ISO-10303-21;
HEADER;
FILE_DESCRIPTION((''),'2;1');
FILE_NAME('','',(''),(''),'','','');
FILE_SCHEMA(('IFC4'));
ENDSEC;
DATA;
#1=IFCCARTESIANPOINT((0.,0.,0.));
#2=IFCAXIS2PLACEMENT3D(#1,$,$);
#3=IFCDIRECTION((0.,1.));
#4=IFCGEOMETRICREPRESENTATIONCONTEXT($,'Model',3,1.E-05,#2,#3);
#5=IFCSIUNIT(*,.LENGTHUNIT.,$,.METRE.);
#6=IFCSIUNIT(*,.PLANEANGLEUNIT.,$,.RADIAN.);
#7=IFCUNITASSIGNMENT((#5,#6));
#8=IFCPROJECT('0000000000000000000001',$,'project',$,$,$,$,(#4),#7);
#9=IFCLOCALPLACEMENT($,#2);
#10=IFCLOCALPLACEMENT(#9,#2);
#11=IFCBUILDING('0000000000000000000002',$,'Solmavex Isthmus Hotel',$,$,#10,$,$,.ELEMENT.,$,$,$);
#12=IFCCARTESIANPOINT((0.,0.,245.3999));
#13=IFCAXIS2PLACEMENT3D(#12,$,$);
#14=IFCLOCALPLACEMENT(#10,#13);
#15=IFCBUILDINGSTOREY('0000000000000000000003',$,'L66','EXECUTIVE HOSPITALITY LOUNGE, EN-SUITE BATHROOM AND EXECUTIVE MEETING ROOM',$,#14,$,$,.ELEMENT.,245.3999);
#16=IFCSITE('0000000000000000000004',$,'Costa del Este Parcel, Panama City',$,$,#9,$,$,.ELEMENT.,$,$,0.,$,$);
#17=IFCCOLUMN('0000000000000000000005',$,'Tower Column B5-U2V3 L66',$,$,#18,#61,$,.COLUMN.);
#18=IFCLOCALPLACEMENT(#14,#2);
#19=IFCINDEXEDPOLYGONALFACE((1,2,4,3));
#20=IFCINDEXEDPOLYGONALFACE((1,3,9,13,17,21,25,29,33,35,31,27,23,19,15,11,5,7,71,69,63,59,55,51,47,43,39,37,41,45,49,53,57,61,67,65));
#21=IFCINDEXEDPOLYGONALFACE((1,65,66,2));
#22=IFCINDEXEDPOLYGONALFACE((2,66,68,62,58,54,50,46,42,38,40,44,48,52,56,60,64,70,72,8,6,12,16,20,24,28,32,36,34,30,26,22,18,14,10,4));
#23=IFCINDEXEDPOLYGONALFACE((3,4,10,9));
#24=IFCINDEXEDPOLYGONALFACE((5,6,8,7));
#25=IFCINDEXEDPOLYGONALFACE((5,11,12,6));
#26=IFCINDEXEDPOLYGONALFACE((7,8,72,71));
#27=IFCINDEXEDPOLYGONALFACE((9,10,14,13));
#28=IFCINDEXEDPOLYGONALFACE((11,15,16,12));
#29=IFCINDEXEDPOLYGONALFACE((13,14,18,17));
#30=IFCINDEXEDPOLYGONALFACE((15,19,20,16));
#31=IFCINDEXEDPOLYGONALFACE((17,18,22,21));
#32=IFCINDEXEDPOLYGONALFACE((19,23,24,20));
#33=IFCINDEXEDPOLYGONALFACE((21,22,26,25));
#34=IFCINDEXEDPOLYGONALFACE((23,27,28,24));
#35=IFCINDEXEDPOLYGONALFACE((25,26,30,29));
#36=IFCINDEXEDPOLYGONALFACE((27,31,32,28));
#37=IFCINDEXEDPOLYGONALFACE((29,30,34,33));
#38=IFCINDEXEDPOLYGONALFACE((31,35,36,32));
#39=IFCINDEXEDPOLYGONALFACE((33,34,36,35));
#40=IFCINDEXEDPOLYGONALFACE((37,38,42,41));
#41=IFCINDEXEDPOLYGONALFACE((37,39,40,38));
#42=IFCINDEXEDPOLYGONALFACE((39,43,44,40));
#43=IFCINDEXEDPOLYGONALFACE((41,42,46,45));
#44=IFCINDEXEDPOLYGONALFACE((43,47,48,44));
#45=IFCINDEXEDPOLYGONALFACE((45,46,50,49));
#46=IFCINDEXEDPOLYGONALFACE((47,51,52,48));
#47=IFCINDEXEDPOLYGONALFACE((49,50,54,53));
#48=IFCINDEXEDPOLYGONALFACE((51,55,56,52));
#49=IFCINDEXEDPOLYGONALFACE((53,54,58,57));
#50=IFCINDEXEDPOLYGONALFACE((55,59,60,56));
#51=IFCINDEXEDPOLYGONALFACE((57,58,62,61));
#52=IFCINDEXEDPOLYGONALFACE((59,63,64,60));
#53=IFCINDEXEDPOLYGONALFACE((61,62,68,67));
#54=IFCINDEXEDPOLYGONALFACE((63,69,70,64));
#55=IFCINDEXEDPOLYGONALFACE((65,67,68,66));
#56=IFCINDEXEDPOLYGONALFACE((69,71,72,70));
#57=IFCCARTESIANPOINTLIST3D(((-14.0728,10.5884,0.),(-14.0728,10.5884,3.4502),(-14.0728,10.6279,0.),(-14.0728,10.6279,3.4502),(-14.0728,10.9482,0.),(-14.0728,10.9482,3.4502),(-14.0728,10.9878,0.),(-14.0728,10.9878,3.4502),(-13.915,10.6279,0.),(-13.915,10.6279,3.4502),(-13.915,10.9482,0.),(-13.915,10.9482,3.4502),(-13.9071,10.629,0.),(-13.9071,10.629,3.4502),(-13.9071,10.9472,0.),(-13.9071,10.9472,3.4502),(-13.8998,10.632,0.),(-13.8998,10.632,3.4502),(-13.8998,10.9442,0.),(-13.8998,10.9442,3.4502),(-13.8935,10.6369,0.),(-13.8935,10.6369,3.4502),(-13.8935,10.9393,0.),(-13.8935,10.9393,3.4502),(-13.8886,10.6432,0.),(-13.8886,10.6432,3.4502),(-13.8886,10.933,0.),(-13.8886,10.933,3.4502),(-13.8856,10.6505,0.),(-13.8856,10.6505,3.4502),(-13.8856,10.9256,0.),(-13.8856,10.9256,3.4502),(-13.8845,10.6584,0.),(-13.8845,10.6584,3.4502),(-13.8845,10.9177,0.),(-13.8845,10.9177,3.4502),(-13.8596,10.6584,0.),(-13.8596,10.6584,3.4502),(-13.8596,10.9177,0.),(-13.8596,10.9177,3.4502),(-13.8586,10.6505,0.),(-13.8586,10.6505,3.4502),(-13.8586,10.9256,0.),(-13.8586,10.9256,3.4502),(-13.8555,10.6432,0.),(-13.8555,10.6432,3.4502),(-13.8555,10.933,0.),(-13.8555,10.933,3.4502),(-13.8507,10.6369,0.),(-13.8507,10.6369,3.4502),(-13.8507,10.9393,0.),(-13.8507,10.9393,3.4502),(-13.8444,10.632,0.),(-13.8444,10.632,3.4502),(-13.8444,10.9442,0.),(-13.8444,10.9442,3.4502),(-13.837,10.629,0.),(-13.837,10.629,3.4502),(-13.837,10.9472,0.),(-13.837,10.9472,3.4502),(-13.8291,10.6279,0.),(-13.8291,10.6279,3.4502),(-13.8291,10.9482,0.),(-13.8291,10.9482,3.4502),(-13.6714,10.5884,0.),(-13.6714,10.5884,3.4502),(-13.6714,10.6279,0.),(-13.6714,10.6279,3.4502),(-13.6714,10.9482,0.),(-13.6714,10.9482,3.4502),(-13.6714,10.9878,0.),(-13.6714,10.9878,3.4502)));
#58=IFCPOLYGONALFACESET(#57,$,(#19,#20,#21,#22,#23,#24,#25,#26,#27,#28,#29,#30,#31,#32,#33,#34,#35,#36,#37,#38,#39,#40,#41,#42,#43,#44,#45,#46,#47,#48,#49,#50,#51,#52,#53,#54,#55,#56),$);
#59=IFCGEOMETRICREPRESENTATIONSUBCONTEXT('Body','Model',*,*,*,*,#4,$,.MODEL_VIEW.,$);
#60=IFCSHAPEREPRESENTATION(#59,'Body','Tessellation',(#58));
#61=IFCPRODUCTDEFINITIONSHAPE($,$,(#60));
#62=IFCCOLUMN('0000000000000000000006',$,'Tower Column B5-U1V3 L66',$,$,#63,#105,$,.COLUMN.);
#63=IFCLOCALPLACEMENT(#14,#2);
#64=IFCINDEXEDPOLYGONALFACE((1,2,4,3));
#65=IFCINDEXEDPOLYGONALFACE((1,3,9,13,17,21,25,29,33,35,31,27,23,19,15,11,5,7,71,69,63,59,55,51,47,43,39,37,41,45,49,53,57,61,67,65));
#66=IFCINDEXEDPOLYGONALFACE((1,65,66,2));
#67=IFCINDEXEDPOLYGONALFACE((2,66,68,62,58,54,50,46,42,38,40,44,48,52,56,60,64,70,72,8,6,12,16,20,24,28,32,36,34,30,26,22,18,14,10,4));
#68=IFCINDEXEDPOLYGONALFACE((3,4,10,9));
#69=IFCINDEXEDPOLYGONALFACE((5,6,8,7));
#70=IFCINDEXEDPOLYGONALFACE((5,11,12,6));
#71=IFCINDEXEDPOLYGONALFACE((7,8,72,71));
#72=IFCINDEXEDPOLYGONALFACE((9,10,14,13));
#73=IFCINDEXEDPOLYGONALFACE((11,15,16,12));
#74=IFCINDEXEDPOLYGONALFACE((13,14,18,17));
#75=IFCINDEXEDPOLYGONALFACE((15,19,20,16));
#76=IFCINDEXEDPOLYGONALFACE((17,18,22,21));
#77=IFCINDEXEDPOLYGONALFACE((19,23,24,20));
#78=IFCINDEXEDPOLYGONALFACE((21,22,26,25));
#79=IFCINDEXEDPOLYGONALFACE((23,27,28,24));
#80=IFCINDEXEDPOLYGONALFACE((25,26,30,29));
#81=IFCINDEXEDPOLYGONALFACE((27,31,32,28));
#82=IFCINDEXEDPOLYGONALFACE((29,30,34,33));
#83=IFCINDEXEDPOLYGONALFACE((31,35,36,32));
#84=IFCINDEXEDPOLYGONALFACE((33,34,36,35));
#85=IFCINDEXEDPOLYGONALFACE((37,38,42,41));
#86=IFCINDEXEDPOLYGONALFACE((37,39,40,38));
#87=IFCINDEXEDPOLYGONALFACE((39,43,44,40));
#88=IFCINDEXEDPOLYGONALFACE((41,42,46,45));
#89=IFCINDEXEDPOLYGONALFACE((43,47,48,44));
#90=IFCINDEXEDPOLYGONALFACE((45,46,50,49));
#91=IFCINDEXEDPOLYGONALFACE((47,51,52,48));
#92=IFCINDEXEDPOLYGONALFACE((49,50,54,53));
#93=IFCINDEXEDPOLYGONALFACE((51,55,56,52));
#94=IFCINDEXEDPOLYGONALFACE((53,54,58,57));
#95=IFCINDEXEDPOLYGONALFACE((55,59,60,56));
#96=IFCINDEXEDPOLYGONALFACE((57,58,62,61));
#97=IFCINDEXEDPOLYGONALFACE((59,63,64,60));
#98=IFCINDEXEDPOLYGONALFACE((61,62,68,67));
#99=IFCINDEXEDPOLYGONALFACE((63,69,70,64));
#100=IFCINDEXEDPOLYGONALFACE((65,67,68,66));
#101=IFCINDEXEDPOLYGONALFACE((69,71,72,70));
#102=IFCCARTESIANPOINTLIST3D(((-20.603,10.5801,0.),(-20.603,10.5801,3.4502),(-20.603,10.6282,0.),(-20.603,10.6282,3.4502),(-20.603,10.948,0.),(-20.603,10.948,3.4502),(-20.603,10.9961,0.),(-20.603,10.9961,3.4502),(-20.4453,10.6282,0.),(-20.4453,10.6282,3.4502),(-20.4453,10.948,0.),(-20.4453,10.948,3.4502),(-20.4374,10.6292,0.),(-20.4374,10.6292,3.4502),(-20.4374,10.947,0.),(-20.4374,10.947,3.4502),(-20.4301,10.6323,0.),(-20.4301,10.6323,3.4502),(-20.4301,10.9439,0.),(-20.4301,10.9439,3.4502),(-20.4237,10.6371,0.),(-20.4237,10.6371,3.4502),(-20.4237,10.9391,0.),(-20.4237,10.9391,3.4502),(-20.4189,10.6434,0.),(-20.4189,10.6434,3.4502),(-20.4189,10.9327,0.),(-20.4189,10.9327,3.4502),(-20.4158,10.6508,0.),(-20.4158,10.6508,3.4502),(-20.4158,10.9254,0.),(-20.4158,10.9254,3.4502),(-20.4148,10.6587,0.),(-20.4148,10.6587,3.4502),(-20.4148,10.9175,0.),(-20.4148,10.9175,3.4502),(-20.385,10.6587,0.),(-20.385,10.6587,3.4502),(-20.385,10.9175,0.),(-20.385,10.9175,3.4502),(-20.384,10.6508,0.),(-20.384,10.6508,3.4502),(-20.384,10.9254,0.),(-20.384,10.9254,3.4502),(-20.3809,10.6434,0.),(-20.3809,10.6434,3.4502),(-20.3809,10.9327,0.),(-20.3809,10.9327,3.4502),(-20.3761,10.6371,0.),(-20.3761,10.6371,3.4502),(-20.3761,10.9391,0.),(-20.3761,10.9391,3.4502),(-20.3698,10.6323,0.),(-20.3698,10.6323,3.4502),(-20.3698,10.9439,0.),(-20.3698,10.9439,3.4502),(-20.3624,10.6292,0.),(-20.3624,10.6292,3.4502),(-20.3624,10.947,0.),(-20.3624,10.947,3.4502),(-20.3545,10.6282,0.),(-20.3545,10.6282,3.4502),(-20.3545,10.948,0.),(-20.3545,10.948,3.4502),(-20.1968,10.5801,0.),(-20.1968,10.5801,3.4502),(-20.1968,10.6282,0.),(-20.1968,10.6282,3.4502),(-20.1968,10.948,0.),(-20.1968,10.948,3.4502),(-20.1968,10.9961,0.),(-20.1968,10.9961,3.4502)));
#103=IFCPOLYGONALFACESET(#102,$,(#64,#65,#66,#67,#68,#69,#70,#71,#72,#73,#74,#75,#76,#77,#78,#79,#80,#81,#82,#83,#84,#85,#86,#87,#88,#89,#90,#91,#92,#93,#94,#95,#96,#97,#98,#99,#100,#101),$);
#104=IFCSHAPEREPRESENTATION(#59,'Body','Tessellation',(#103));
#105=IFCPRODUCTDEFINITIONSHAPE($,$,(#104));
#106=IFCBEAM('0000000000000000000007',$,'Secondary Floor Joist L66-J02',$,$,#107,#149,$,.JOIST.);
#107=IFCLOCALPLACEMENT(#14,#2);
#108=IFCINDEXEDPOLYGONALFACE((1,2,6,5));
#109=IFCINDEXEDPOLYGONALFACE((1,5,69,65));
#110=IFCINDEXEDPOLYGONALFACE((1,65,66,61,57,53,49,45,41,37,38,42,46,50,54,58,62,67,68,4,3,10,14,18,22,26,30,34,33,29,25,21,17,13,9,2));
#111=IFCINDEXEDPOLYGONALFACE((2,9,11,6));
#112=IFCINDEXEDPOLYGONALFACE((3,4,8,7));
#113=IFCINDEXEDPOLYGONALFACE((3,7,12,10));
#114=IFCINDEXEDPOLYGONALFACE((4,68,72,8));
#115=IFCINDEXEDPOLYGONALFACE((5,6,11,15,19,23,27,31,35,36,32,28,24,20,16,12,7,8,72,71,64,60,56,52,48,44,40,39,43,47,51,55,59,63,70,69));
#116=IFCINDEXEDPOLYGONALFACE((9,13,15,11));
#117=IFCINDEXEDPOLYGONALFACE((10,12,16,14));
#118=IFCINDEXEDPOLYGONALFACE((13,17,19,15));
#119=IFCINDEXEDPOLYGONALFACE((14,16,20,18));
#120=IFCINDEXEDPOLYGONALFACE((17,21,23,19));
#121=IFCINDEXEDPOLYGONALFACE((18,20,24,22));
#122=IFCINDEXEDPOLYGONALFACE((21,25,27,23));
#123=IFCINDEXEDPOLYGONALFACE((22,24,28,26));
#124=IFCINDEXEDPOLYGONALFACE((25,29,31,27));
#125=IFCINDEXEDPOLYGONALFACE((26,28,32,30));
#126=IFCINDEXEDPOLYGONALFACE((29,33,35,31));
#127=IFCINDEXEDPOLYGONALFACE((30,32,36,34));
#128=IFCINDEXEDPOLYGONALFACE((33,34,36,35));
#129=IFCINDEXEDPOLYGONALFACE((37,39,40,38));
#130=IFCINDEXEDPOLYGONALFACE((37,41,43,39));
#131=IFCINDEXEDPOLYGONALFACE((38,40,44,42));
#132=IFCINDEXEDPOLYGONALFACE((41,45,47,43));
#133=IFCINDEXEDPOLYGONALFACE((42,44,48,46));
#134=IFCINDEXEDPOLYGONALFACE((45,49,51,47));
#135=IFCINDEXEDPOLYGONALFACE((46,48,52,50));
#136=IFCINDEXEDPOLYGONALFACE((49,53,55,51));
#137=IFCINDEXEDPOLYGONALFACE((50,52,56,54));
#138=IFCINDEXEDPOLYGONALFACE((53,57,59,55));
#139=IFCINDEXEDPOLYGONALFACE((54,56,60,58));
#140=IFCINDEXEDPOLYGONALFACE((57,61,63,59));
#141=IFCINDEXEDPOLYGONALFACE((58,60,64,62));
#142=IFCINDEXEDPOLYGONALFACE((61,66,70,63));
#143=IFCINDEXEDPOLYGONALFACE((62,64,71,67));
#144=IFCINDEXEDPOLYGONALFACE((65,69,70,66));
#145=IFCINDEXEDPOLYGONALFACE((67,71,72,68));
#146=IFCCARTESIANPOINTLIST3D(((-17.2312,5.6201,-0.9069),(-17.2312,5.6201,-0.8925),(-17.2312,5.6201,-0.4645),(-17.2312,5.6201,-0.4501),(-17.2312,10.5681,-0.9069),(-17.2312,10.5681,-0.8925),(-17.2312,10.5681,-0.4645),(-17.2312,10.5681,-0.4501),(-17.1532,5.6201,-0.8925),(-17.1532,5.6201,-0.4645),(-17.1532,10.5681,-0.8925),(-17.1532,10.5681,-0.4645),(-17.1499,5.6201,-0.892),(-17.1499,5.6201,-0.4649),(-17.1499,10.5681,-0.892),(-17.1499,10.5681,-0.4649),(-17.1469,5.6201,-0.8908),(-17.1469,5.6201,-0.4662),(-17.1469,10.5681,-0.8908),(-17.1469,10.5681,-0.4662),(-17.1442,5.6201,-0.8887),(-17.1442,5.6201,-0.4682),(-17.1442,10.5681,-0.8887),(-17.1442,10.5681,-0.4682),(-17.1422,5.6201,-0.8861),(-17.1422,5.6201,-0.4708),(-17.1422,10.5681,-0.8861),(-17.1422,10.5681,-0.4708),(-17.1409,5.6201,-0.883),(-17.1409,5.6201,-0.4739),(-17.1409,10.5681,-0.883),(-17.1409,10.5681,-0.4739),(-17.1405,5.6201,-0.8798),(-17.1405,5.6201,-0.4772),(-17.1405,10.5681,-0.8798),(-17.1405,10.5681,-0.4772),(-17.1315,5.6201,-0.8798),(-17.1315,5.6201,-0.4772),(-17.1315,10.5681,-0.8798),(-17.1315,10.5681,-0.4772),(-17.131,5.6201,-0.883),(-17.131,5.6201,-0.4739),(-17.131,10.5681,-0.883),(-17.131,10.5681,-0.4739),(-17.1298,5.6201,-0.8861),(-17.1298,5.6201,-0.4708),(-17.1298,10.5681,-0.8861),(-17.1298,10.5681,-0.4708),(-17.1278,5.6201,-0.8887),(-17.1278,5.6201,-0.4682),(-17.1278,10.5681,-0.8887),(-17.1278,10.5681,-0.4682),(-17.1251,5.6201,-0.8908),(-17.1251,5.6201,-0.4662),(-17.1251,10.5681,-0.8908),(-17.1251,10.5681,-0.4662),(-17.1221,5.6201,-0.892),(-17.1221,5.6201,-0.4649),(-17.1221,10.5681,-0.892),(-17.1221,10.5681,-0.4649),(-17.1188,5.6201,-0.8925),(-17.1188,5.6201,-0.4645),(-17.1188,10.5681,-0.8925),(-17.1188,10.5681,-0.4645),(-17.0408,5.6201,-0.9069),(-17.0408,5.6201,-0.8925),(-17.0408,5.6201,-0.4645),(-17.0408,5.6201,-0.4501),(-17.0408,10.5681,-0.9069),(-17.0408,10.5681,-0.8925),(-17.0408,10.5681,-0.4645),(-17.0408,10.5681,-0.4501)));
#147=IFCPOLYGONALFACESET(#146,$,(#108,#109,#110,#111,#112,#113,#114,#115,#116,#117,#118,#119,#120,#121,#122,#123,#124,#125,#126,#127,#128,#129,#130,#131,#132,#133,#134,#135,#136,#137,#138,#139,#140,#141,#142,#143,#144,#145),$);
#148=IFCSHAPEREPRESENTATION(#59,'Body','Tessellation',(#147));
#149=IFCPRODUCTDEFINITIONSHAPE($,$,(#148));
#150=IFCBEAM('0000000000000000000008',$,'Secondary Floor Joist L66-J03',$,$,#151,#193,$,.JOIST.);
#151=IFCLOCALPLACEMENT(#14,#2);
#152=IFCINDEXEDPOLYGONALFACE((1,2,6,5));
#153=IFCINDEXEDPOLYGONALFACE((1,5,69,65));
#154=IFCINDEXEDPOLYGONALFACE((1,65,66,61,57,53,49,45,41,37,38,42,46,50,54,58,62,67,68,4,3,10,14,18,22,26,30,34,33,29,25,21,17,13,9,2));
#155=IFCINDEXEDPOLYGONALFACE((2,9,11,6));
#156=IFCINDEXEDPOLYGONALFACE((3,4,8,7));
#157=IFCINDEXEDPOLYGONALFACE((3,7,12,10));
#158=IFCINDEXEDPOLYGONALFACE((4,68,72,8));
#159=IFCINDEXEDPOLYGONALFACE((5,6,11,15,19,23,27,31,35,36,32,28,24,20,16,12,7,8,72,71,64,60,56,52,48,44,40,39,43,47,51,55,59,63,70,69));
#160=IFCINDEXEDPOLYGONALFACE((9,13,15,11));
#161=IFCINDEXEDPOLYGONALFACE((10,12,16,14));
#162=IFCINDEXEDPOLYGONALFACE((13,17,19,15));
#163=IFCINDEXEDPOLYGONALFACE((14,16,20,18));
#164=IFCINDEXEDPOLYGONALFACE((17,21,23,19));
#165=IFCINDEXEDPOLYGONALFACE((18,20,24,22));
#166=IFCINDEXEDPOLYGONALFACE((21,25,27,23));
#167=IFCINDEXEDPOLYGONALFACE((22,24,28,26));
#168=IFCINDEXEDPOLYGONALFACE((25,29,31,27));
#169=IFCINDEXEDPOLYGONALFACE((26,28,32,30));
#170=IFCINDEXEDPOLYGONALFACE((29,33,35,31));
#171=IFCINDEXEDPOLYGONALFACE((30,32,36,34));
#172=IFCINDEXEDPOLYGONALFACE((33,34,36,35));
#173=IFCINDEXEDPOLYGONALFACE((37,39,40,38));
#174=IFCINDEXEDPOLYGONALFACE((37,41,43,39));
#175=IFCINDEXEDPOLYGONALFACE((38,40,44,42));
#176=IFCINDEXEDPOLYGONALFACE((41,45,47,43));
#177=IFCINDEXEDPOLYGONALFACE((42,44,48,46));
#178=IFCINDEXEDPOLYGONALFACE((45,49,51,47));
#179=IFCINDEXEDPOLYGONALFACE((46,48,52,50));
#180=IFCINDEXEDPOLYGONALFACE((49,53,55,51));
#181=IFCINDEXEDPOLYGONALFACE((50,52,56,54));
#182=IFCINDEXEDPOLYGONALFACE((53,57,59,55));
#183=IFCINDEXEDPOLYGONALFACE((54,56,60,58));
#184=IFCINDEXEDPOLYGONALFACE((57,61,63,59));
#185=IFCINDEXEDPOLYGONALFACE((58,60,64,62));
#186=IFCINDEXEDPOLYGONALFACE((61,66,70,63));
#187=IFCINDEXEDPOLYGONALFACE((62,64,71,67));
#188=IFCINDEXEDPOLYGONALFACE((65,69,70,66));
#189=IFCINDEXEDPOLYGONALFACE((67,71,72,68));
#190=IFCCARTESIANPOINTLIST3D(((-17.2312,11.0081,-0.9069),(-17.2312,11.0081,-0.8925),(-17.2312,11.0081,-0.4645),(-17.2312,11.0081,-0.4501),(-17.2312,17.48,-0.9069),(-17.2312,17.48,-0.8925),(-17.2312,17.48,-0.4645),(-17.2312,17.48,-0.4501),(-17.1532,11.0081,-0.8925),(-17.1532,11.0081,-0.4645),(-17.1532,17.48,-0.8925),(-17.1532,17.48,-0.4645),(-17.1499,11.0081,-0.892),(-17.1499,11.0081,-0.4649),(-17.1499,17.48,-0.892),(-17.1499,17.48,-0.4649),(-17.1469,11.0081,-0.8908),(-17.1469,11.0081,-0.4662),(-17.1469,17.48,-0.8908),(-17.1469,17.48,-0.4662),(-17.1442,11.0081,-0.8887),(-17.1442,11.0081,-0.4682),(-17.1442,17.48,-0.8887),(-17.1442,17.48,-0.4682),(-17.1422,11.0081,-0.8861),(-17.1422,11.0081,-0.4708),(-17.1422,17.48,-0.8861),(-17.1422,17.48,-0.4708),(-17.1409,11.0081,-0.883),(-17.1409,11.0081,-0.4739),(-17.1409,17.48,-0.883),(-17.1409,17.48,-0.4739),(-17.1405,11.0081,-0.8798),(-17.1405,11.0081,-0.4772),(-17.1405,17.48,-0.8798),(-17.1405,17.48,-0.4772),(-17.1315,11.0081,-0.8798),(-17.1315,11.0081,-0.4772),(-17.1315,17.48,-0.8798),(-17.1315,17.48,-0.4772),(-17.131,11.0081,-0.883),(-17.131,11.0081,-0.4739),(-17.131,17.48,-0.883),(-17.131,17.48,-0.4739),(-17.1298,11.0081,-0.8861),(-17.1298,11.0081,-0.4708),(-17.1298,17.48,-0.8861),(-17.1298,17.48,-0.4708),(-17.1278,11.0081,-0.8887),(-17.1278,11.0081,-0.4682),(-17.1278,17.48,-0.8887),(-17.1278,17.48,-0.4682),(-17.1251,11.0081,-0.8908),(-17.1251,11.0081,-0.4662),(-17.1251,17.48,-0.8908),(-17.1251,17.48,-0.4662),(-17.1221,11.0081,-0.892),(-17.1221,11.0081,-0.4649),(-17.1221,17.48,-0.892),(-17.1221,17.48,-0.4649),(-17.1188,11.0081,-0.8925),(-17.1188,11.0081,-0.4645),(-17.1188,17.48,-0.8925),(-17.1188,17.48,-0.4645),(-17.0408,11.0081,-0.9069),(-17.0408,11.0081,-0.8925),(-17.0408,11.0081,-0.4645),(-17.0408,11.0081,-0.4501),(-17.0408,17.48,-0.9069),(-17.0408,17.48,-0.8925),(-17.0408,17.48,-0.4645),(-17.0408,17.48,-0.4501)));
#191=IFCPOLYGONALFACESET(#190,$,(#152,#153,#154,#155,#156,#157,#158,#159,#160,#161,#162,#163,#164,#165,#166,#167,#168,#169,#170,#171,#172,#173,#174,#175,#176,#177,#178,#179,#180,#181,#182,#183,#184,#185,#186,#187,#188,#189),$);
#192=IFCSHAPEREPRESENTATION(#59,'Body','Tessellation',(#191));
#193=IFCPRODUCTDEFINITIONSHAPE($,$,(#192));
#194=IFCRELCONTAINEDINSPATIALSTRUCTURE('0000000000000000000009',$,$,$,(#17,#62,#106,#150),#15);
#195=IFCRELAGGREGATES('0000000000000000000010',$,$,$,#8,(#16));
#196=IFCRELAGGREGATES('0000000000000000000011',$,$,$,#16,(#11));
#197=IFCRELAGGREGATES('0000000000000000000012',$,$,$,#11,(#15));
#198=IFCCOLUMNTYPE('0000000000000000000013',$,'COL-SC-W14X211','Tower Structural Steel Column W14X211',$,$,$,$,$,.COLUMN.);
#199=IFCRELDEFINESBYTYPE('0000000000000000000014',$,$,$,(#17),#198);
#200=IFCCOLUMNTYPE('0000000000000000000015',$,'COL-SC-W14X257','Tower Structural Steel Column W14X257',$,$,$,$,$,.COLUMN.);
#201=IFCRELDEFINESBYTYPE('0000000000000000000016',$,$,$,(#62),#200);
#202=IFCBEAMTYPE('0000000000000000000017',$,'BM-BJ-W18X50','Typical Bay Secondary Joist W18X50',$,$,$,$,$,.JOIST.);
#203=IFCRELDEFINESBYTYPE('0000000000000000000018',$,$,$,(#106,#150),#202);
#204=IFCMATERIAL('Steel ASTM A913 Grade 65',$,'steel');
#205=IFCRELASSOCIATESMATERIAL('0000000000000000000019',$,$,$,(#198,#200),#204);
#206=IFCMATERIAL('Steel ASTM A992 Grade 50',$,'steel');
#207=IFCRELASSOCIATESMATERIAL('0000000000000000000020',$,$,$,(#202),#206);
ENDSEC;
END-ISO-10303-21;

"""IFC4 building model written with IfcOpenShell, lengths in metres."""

from ifc_helpers import new_model, si_unit, direction, frame, origin, origin_2d, place, context, subcontext, project, spatial, i_section, extrude, material, material_profile, profile_set, type_object, element, save


model = new_model("IFC4")

# Units and contexts
model_context = context("Model", 3, precision=1e-05, world=origin(), true_north=direction((0.0, 1.0)))
body_context = subcontext(model_context, "Body", "Model", "MODEL_VIEW")
ifc_project = project(units=[si_unit("LENGTHUNIT", "METRE"), si_unit("PLANEANGLEUNIT", "RADIAN")], contexts=[model_context])

# Site, building, storey
site_placement = place(None, origin())
site = spatial("IfcSite", under=ifc_project, at=site_placement, Name="Costa del Este Parcel, Panama City", CompositionType="ELEMENT", RefElevation=0.0)
building_placement = place(site_placement, origin())
building = spatial("IfcBuilding", under=site, at=building_placement, Name="Solmavex Isthmus Hotel", CompositionType="ELEMENT")
storey_placement = place(building_placement, frame((0.0, 0.0, 245.3999)))
storey = spatial("IfcBuildingStorey", under=building, at=storey_placement, Name="L66", Description="EXECUTIVE HOSPITALITY LOUNGE, EN-SUITE BATHROOM AND EXECUTIVE MEETING ROOM", CompositionType="ELEMENT", Elevation=245.3999)

# Columns
ifc_material_1 = material(Name="Steel ASTM A913 Grade 65", Category="steel")
ifc_material_profile_1 = material_profile(ifc_material_1, i_section(OverallWidth=0.4014, OverallDepth=0.3994, WebThickness=0.0249, FlangeThickness=0.0396, FilletRadius=0.0305, at=origin_2d()), Name="W14X211")
ifc_profile_set_1 = profile_set([ifc_material_profile_1], Name="Steel ASTM A913 Grade 65")
column_type_1 = type_object("IfcColumnType", Name="COL-SC-W14X211", Description="Tower Structural Steel Column W14X211", PredefinedType="COLUMN", material=ifc_profile_set_1)
column_1_placement = place(storey_placement, frame((-13.8721, 10.7881, 0.0), z_axis=(0.0, 0.0, 1.0), x_axis=(1.0, 0.0, 0.0)))
element("IfcColumn", 1, at=column_1_placement, inside=storey, type_object=column_type_1, Name="Tower Column B5-U2V3 L66", PredefinedType="COLUMN", context=body_context, shape_type="SweptSolid", body=[
    extrude(i_section(OverallWidth=0.4014, OverallDepth=0.3994, WebThickness=0.0249, FlangeThickness=0.0396, FilletRadius=0.0305, at=origin_2d()), origin(), (0.0, 0.0, 1.0), 3.4502),
])
ifc_material_profile_2 = material_profile(ifc_material_1, i_section(OverallWidth=0.4062, OverallDepth=0.416, WebThickness=0.0298, FlangeThickness=0.0481, FilletRadius=0.0305, at=origin_2d()), Name="W14X257")
ifc_profile_set_2 = profile_set([ifc_material_profile_2], Name="Steel ASTM A913 Grade 65")
column_type_2 = type_object("IfcColumnType", Name="COL-SC-W14X257", Description="Tower Structural Steel Column W14X257", PredefinedType="COLUMN", material=ifc_profile_set_2)
column_2_placement = place(storey_placement, frame((-20.3999, 10.7881, 0.0), z_axis=(0.0, 0.0, 1.0), x_axis=(1.0, 0.0, 0.0)))
element("IfcColumn", 2, at=column_2_placement, inside=storey, type_object=column_type_2, Name="Tower Column B5-U1V3 L66", PredefinedType="COLUMN", context=body_context, shape_type="SweptSolid", body=[
    extrude(i_section(OverallWidth=0.4062, OverallDepth=0.416, WebThickness=0.0298, FlangeThickness=0.0481, FilletRadius=0.0305, at=origin_2d()), origin(), (0.0, 0.0, 1.0), 3.4502),
])

# Beams
ifc_material_2 = material(Name="Steel ASTM A992 Grade 50", Category="steel")
ifc_material_profile_3 = material_profile(ifc_material_2, i_section(OverallWidth=0.1904, OverallDepth=0.4568, WebThickness=0.009, FlangeThickness=0.0144, FilletRadius=0.0127, at=origin_2d()), Name="W18X50")
ifc_profile_set_3 = profile_set([ifc_material_profile_3], Name="Steel ASTM A992 Grade 50")
beam_type_1 = type_object("IfcBeamType", Name="BM-BJ-W18X50", Description="Typical Bay Secondary Joist W18X50", PredefinedType="JOIST", material=ifc_profile_set_3)
beam_1_placement = place(storey_placement, frame((-17.136, 5.6201, -0.6785), z_axis=(0.0, 1.0, 0.0), x_axis=(-1.0, 0.0, 0.0)))
element("IfcBeam", 3, at=beam_1_placement, inside=storey, type_object=beam_type_1, Name="Secondary Floor Joist L66-J02", PredefinedType="JOIST", context=body_context, shape_type="SweptSolid", body=[
    extrude(i_section(OverallWidth=0.1904, OverallDepth=0.4568, WebThickness=0.009, FlangeThickness=0.0144, FilletRadius=0.0127, at=origin_2d()), origin(), (0.0, 0.0, 1.0), 4.948),
])
beam_2_placement = place(storey_placement, frame((-17.136, 11.0081, -0.6785), z_axis=(0.0, 1.0, 0.0), x_axis=(-1.0, 0.0, 0.0)))
element("IfcBeam", 4, at=beam_2_placement, inside=storey, type_object=beam_type_1, Name="Secondary Floor Joist L66-J03", PredefinedType="JOIST", context=body_context, shape_type="SweptSolid", body=[
    extrude(i_section(OverallWidth=0.1904, OverallDepth=0.4568, WebThickness=0.009, FlangeThickness=0.0144, FilletRadius=0.0127, at=origin_2d()), origin(), (0.0, 0.0, 1.0), 6.4719),
])

save(model, "model.ifc")
